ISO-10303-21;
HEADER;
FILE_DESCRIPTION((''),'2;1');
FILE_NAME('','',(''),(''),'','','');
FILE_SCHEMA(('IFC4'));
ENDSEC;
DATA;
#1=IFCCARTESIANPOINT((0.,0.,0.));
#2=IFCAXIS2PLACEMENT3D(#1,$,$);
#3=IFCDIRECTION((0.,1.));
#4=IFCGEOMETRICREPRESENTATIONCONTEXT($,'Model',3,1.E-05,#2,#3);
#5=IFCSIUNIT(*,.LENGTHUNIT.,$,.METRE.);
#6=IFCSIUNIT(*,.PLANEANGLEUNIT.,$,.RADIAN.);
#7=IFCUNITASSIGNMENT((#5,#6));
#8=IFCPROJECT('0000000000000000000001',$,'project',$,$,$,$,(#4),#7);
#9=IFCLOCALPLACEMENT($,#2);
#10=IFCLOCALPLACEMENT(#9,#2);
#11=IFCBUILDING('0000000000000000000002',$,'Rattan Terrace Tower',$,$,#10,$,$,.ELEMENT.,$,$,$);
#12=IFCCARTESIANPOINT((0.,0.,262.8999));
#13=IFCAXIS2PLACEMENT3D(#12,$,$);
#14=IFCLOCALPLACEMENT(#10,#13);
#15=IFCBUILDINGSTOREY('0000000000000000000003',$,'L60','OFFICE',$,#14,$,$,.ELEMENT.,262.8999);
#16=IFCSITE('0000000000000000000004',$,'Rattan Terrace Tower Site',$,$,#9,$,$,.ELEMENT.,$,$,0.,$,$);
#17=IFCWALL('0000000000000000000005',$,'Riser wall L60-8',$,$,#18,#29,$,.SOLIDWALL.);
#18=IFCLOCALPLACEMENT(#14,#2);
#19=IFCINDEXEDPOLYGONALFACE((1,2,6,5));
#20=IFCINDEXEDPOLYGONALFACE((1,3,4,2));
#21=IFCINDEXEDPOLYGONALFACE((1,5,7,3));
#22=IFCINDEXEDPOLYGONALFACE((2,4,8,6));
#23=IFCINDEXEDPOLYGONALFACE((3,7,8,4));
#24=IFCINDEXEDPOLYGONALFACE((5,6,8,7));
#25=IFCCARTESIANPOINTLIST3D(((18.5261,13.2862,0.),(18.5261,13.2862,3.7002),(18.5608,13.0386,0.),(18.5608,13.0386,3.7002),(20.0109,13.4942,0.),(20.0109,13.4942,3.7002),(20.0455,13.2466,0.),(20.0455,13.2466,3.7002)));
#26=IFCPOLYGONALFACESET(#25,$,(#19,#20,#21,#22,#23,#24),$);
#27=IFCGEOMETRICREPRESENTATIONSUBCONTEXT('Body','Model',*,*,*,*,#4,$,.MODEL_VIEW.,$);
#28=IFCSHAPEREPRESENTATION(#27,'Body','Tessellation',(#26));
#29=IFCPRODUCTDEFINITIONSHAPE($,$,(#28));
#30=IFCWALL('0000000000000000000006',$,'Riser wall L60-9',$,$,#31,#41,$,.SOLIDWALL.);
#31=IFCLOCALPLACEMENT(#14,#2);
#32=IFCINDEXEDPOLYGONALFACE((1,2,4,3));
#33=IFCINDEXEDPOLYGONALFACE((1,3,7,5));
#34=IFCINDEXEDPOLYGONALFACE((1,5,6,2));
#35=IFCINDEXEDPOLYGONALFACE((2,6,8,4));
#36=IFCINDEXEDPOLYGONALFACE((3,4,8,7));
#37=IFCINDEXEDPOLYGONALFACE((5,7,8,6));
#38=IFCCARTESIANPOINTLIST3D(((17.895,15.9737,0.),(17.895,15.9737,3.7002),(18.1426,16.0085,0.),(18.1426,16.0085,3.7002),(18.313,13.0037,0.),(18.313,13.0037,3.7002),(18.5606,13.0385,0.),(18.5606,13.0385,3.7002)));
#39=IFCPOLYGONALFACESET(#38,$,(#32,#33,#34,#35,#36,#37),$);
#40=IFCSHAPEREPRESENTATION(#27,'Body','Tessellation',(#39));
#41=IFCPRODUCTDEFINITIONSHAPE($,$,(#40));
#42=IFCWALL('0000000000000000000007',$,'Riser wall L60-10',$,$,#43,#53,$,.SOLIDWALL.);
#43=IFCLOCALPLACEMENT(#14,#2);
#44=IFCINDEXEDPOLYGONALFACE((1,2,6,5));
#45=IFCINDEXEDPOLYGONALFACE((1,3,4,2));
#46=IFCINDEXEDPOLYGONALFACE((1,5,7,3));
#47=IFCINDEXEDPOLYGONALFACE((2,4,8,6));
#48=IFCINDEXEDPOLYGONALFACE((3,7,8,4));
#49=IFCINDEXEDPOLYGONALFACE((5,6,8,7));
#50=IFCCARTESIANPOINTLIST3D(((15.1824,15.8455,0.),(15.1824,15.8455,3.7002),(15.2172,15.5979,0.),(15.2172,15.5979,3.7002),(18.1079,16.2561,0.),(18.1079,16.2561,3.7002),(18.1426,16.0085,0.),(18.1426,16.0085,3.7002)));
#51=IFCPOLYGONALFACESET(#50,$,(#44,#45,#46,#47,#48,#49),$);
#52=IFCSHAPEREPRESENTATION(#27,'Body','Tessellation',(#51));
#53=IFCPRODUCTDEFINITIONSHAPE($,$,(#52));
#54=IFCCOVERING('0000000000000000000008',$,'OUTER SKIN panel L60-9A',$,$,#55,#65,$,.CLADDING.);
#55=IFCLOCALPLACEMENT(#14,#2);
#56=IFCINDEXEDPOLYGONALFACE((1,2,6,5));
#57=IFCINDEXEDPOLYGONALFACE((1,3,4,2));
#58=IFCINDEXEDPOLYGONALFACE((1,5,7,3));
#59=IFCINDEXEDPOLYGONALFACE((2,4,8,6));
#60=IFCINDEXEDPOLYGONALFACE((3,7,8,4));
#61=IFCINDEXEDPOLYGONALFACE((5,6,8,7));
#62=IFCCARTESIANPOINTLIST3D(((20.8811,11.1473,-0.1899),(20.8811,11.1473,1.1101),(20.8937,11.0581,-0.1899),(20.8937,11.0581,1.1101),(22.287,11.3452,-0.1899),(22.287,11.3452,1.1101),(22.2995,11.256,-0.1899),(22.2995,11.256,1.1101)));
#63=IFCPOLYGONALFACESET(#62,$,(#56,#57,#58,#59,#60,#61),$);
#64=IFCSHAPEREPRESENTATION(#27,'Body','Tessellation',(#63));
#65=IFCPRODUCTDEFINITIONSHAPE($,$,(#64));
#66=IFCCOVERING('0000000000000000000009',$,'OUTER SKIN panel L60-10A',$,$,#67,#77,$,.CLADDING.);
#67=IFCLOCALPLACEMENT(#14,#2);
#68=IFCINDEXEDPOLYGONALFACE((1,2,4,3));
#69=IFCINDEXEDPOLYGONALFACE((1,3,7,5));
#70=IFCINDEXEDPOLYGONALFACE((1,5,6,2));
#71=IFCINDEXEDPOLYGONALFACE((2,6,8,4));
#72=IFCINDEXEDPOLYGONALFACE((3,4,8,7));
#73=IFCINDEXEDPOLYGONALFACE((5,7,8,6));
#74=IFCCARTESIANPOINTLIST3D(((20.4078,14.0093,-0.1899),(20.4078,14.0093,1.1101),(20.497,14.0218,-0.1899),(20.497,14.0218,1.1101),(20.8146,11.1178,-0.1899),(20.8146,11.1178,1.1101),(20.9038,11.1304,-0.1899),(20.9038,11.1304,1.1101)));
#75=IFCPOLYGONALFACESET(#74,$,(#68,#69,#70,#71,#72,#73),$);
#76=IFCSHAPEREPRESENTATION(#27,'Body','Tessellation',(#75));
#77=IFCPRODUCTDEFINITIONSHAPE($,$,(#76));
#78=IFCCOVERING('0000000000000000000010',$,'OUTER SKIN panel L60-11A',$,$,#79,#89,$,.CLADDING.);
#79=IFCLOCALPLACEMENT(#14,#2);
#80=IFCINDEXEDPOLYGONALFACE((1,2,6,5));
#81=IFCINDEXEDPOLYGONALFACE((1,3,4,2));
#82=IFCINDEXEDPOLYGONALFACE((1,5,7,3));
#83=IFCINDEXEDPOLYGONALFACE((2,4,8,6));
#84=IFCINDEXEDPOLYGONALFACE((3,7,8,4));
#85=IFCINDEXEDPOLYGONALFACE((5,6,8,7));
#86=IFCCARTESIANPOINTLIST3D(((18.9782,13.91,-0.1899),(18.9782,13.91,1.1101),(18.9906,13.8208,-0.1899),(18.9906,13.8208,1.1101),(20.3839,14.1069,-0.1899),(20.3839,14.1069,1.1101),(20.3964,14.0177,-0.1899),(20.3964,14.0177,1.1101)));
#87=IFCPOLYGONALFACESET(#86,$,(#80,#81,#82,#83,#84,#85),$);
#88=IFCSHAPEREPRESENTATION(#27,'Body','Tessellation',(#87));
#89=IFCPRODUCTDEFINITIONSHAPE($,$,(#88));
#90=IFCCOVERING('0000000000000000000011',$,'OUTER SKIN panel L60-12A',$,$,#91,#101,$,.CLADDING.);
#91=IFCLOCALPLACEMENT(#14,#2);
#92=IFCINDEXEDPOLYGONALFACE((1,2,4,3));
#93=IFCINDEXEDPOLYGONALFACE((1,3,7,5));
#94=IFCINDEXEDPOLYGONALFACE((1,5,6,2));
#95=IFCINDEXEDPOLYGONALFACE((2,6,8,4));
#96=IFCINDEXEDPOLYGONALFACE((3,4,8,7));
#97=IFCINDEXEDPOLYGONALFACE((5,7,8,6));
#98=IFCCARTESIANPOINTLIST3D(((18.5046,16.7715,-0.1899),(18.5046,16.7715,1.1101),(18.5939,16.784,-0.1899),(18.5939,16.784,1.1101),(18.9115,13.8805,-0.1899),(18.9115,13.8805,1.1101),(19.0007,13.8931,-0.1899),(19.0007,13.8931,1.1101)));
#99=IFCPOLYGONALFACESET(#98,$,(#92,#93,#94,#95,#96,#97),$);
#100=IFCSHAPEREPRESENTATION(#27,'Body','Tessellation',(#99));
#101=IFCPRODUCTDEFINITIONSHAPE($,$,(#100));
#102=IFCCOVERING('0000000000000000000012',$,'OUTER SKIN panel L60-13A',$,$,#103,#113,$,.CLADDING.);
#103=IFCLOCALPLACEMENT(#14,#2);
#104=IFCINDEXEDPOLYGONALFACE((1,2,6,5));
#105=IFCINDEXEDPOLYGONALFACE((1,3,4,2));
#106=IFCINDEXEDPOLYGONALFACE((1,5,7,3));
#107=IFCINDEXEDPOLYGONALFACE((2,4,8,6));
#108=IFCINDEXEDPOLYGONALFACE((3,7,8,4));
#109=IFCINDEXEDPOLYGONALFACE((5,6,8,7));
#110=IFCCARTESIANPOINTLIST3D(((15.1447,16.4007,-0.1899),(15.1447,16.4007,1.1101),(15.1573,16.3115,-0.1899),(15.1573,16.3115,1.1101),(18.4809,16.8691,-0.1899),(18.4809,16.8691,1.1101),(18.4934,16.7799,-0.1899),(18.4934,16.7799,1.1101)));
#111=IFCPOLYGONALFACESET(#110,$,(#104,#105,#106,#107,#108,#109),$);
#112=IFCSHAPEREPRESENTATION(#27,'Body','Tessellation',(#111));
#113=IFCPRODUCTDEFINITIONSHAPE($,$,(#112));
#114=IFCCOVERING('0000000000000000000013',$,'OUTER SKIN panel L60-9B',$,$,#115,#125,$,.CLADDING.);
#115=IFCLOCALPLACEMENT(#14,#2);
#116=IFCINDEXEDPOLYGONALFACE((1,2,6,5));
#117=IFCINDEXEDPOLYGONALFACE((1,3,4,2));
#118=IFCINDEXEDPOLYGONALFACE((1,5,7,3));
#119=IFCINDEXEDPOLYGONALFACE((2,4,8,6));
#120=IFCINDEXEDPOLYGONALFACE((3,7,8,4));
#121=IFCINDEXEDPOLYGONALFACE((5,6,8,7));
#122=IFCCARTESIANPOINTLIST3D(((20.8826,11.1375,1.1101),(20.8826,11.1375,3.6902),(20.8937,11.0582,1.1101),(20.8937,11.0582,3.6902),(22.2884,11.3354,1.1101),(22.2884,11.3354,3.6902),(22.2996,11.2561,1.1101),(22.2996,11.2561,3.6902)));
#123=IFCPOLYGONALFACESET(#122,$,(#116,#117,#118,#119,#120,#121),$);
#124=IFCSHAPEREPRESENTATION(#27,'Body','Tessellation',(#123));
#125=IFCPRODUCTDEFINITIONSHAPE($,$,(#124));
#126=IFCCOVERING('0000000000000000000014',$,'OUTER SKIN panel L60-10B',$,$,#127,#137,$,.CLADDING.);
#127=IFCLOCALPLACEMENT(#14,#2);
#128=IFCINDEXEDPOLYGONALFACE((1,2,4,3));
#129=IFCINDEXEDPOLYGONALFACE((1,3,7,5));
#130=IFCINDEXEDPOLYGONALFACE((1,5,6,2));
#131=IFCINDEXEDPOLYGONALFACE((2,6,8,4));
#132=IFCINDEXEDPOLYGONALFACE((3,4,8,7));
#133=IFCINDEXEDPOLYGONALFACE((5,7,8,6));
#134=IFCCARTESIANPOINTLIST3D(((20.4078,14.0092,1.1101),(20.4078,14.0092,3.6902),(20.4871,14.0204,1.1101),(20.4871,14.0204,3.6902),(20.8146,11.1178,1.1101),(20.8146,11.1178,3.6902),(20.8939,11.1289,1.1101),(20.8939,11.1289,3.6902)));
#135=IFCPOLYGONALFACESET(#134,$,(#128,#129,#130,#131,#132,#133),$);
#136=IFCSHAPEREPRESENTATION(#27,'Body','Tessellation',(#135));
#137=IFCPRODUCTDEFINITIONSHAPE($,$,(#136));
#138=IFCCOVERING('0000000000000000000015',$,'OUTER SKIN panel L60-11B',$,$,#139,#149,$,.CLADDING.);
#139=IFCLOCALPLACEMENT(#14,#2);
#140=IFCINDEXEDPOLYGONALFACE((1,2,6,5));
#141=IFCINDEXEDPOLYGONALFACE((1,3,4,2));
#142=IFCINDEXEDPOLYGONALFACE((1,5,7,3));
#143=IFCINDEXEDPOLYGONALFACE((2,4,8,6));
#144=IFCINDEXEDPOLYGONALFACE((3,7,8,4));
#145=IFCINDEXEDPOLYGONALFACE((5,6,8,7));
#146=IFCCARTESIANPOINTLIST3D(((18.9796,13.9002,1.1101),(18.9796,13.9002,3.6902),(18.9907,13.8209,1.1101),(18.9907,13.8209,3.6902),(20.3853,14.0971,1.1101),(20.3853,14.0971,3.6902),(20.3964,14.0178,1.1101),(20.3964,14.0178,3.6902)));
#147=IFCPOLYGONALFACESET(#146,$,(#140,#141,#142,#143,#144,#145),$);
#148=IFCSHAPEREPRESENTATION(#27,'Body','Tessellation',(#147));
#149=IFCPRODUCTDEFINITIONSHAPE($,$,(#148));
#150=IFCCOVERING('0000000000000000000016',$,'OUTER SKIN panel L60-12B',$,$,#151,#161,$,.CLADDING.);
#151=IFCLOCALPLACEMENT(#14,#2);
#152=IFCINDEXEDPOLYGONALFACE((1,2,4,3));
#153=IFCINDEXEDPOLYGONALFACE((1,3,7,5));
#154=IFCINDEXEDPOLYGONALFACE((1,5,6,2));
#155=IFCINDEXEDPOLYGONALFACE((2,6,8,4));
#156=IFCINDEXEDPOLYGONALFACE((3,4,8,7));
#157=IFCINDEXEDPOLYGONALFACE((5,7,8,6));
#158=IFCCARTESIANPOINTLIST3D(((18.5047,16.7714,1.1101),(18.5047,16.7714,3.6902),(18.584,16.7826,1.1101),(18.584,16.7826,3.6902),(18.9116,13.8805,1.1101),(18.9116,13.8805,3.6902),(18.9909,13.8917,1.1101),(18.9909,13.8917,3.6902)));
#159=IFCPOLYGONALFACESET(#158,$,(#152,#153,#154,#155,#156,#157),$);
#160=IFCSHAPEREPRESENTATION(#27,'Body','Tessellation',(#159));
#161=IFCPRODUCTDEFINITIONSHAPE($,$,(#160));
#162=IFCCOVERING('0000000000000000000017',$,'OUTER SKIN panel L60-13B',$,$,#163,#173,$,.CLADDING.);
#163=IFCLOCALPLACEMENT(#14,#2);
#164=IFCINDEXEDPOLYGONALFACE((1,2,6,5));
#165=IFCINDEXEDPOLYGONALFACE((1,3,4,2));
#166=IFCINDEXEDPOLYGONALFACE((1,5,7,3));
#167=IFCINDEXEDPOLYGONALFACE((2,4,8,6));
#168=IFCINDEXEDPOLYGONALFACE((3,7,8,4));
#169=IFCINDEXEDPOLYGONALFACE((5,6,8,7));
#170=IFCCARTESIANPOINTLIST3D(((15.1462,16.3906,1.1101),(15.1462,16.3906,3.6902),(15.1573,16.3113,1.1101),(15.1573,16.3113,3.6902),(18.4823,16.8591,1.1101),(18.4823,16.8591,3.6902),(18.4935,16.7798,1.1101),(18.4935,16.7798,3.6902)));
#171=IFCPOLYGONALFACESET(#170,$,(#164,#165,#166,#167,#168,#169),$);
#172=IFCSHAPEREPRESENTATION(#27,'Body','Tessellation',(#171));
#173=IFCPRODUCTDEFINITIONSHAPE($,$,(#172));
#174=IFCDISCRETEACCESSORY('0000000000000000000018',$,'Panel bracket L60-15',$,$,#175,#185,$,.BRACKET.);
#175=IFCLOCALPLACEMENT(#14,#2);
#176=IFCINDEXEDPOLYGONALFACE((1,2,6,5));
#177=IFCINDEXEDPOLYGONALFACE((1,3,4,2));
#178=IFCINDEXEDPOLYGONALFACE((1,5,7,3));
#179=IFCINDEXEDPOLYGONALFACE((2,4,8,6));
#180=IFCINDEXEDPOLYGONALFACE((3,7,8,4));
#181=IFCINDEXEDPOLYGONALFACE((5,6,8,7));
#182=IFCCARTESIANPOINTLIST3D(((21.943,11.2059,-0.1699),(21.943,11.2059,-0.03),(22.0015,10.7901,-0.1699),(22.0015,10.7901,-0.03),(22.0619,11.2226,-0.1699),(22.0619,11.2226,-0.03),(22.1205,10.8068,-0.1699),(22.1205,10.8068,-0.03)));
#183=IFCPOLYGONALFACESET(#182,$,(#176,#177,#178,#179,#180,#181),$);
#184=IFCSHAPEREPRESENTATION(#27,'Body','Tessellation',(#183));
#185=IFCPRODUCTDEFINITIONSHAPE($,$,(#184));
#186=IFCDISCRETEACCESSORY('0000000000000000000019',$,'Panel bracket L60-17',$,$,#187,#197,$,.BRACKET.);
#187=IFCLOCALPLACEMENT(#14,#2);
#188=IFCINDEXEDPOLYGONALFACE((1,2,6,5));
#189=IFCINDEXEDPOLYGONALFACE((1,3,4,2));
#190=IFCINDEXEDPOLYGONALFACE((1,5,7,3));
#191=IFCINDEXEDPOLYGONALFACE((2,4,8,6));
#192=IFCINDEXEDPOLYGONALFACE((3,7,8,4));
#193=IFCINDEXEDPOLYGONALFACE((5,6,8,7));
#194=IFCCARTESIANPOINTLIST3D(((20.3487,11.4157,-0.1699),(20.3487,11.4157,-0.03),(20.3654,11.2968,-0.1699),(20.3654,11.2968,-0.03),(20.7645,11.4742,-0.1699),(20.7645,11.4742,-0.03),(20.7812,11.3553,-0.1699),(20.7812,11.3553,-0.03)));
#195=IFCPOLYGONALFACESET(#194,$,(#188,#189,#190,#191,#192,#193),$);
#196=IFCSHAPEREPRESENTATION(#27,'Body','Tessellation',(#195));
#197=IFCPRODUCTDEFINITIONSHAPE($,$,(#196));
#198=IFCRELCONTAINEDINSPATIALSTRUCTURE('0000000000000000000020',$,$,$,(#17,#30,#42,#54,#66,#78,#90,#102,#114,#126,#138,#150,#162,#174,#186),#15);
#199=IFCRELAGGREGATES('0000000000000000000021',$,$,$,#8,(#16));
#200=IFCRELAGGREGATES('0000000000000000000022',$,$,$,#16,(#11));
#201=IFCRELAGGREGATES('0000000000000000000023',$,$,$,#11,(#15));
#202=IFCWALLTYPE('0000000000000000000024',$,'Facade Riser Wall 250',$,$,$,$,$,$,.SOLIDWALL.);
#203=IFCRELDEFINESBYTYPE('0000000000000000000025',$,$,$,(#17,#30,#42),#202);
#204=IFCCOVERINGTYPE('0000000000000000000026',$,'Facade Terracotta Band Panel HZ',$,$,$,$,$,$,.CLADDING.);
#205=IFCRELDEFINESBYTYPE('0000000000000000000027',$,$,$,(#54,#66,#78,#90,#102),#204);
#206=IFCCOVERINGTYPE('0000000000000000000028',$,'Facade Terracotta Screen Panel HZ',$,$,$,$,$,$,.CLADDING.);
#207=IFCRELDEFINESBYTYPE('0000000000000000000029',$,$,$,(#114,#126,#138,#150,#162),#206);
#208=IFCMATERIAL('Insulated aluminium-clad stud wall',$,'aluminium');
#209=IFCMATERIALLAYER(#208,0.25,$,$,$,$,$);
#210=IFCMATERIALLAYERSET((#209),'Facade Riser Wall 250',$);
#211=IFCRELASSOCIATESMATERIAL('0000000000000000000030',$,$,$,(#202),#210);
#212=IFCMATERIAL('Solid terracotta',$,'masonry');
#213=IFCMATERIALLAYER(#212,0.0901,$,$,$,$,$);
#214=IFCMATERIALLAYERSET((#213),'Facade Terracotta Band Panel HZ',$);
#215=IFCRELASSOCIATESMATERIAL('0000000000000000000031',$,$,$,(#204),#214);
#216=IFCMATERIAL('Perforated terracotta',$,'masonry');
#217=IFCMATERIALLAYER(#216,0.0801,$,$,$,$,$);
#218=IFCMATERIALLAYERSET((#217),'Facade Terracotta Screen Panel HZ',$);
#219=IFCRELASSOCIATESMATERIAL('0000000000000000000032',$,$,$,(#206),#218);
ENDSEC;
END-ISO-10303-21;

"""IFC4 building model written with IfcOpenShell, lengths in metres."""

from ifc_helpers import new_model, si_unit, direction, frame, frame_2d, origin, origin_2d, place, context, subcontext, project, spatial, rectangle, extrude, material, layer, layer_set, type_object, element, save


model = new_model("IFC4")

# Units and contexts
model_context = context("Model", 3, precision=1e-05, world=origin(), true_north=direction((0.0, 1.0)))
body_context = subcontext(model_context, "Body", "Model", "MODEL_VIEW")
ifc_project = project(units=[si_unit("LENGTHUNIT", "METRE"), si_unit("PLANEANGLEUNIT", "RADIAN")], contexts=[model_context])

# Site, building, storey
site_placement = place(None, origin())
site = spatial("IfcSite", under=ifc_project, at=site_placement, Name="Rattan Terrace Tower Site", CompositionType="ELEMENT", RefElevation=0.0)
building_placement = place(site_placement, origin())
building = spatial("IfcBuilding", under=site, at=building_placement, Name="Rattan Terrace Tower", CompositionType="ELEMENT")
storey_placement = place(building_placement, frame((0.0, 0.0, 262.8999)))
storey = spatial("IfcBuildingStorey", under=building, at=storey_placement, Name="L60", Description="OFFICE", CompositionType="ELEMENT", Elevation=262.8999)

# Walls
ifc_material_1 = material(Name="Insulated aluminium-clad stud wall", Category="aluminium")
ifc_layer_1 = layer(ifc_material_1, 0.25)
ifc_layer_set_1 = layer_set([ifc_layer_1], Name="Facade Riser Wall 250")
wall_type = type_object("IfcWallType", Name="Facade Riser Wall 250", PredefinedType="SOLIDWALL", material=ifc_layer_set_1)
wall_1_placement = place(storey_placement, frame((20.0281, 13.3704, 0.0), z_axis=(0.0, 0.0, 1.0), x_axis=(-0.99033, -0.138731, 0.0)))
element("IfcWall", 1, at=wall_1_placement, inside=storey, type_object=wall_type, Name="Riser wall L60-8", PredefinedType="SOLIDWALL", context=body_context, shape_type="SweptSolid", body=[
    extrude(rectangle(XDim=1.4993, YDim=0.25, at=frame_2d((0.7495, 0.0))), origin(), (0.0, 0.0, 1.0), 3.7002),
])
wall_2_placement = place(storey_placement, frame((18.4368, 13.0212, 0.0), z_axis=(0.0, 0.0, 1.0), x_axis=(-0.139358, 0.990242, 0.0)))
element("IfcWall", 2, at=wall_2_placement, inside=storey, type_object=wall_type, Name="Riser wall L60-9", PredefinedType="SOLIDWALL", context=body_context, shape_type="SweptSolid", body=[
    extrude(rectangle(XDim=2.9993, YDim=0.25, at=frame_2d((1.4995, 0.0))), origin(), (0.0, 0.0, 1.0), 3.7002),
])
wall_3_placement = place(storey_placement, frame((18.1252, 16.1323, 0.0), z_axis=(0.0, 0.0, 1.0), x_axis=(-0.990292, -0.139003, 0.0)))
element("IfcWall", 3, at=wall_3_placement, inside=storey, type_object=wall_type, Name="Riser wall L60-10", PredefinedType="SOLIDWALL", context=body_context, shape_type="SweptSolid", body=[
    extrude(rectangle(XDim=2.9541, YDim=0.25, at=frame_2d((1.4771, 0.0))), origin(), (0.0, 0.0, 1.0), 3.7002),
])

# Coverings
ifc_material_2 = material(Name="Solid terracotta", Category="masonry")
ifc_layer_2 = layer(ifc_material_2, 0.0901)
ifc_layer_set_2 = layer_set([ifc_layer_2], Name="Facade Terracotta Band Panel HZ")
covering_type_1 = type_object("IfcCoveringType", Name="Facade Terracotta Band Panel HZ", PredefinedType="CLADDING", material=ifc_layer_set_2)
covering_1_placement = place(storey_placement, frame((21.5903, 11.2017, -0.1899), z_axis=(0.0, 0.0, 1.0), x_axis=(-0.990241, -0.139367, 0.0)))
element("IfcCovering", 4, at=covering_1_placement, inside=storey, type_object=covering_type_1, Name="OUTER SKIN panel L60-9A", PredefinedType="CLADDING", context=body_context, shape_type="SweptSolid", body=[
    extrude(rectangle(XDim=1.4197, YDim=0.0901, at=origin_2d()), origin(), (0.0, 0.0, 1.0), 1.3),
])
covering_2_placement = place(storey_placement, frame((20.6558, 12.5698, -0.1899), z_axis=(0.0, 0.0, 1.0), x_axis=(-0.139321, 0.990247, 0.0)))
element("IfcCovering", 5, at=covering_2_placement, inside=storey, type_object=covering_type_1, Name="OUTER SKIN panel L60-10A", PredefinedType="CLADDING", context=body_context, shape_type="SweptSolid", body=[
    extrude(rectangle(XDim=2.9199, YDim=0.0901, at=origin_2d()), origin(), (0.0, 0.0, 1.0), 1.3),
])
covering_3_placement = place(storey_placement, frame((19.6873, 13.9639, -0.1899), z_axis=(0.0, 0.0, 1.0), x_axis=(-0.990333, -0.138713, 0.0)))
element("IfcCovering", 6, at=covering_3_placement, inside=storey, type_object=covering_type_1, Name="OUTER SKIN panel L60-11A", PredefinedType="CLADDING", context=body_context, shape_type="SweptSolid", body=[
    extrude(rectangle(XDim=1.4194, YDim=0.0901, at=origin_2d()), origin(), (0.0, 0.0, 1.0), 1.3),
])
covering_4_placement = place(storey_placement, frame((18.7527, 15.3323, -0.1899), z_axis=(0.0, 0.0, 1.0), x_axis=(-0.139367, 0.990241, 0.0)))
element("IfcCovering", 7, at=covering_4_placement, inside=storey, type_object=covering_type_1, Name="OUTER SKIN panel L60-12A", PredefinedType="CLADDING", context=body_context, shape_type="SweptSolid", body=[
    extrude(rectangle(XDim=2.9194, YDim=0.0901, at=origin_2d()), origin(), (0.0, 0.0, 1.0), 1.3),
])
covering_5_placement = place(storey_placement, frame((16.8191, 16.5903, -0.1899), z_axis=(0.0, 0.0, 1.0), x_axis=(-0.990287, -0.13904, 0.0)))
element("IfcCovering", 8, at=covering_5_placement, inside=storey, type_object=covering_type_1, Name="OUTER SKIN panel L60-13A", PredefinedType="CLADDING", context=body_context, shape_type="SweptSolid", body=[
    extrude(rectangle(XDim=3.3689, YDim=0.0901, at=origin_2d()), origin(), (0.0, 0.0, 1.0), 1.3),
])
ifc_material_3 = material(Name="Perforated terracotta", Category="masonry")
ifc_layer_3 = layer(ifc_material_3, 0.0801)
ifc_layer_set_3 = layer_set([ifc_layer_3], Name="Facade Terracotta Screen Panel HZ")
covering_type_2 = type_object("IfcCoveringType", Name="Facade Terracotta Screen Panel HZ", PredefinedType="CLADDING", material=ifc_layer_set_3)
covering_6_placement = place(storey_placement, frame((21.5911, 11.1968, 1.1101), z_axis=(0.0, 0.0, 1.0), x_axis=(-0.990241, -0.139367, 0.0)))
element("IfcCovering", 9, at=covering_6_placement, inside=storey, type_object=covering_type_2, Name="OUTER SKIN panel L60-9B", PredefinedType="CLADDING", context=body_context, shape_type="SweptSolid", body=[
    extrude(rectangle(XDim=1.4197, YDim=0.0801, at=origin_2d()), origin(), (0.0, 0.0, 1.0), 2.5801),
])
covering_7_placement = place(storey_placement, frame((20.6509, 12.5691, 1.1101), z_axis=(0.0, 0.0, 1.0), x_axis=(-0.139321, 0.990247, 0.0)))
element("IfcCovering", 10, at=covering_7_placement, inside=storey, type_object=covering_type_2, Name="OUTER SKIN panel L60-10B", PredefinedType="CLADDING", context=body_context, shape_type="SweptSolid", body=[
    extrude(rectangle(XDim=2.9199, YDim=0.0801, at=origin_2d()), origin(), (0.0, 0.0, 1.0), 2.5801),
])
covering_8_placement = place(storey_placement, frame((19.688, 13.959, 1.1101), z_axis=(0.0, 0.0, 1.0), x_axis=(-0.990333, -0.138713, 0.0)))
element("IfcCovering", 11, at=covering_8_placement, inside=storey, type_object=covering_type_2, Name="OUTER SKIN panel L60-11B", PredefinedType="CLADDING", context=body_context, shape_type="SweptSolid", body=[
    extrude(rectangle(XDim=1.4194, YDim=0.0801, at=origin_2d()), origin(), (0.0, 0.0, 1.0), 2.5801),
])
covering_9_placement = place(storey_placement, frame((18.7478, 15.3315, 1.1101), z_axis=(0.0, 0.0, 1.0), x_axis=(-0.139367, 0.990241, 0.0)))
element("IfcCovering", 12, at=covering_9_placement, inside=storey, type_object=covering_type_2, Name="OUTER SKIN panel L60-12B", PredefinedType="CLADDING", context=body_context, shape_type="SweptSolid", body=[
    extrude(rectangle(XDim=2.9194, YDim=0.0801, at=origin_2d()), origin(), (0.0, 0.0, 1.0), 2.5801),
])
covering_10_placement = place(storey_placement, frame((16.8198, 16.5852, 1.1101), z_axis=(0.0, 0.0, 1.0), x_axis=(-0.990287, -0.13904, 0.0)))
element("IfcCovering", 13, at=covering_10_placement, inside=storey, type_object=covering_type_2, Name="OUTER SKIN panel L60-13B", PredefinedType="CLADDING", context=body_context, shape_type="SweptSolid", body=[
    extrude(rectangle(XDim=3.3689, YDim=0.0801, at=origin_2d()), origin(), (0.0, 0.0, 1.0), 2.5801),
])

# Discrete accessories
for number, where, z_axis, x_axis, name in (
    (14, (22.0317, 11.0063, -0.1699), (0.0, 0.0, 1.0), (-0.990241, -0.139367, 0.0), "Panel bracket L60-15"),
    (15, (20.5649, 11.3855, -0.1699), (0.0, 0.0, 1.0), (-0.139321, 0.990247, 0.0), "Panel bracket L60-17"),
):
    element("IfcDiscreteAccessory", number, at=place(storey_placement, frame(where, z_axis=z_axis, x_axis=x_axis)), inside=storey, Name=name, PredefinedType="BRACKET", context=body_context, shape_type="SweptSolid", body=[
        extrude(rectangle(XDim=0.1201, YDim=0.4199, at=origin_2d()), origin(), (0.0, 0.0, 1.0), 0.1399),
    ])

save(model, "model.ifc")
